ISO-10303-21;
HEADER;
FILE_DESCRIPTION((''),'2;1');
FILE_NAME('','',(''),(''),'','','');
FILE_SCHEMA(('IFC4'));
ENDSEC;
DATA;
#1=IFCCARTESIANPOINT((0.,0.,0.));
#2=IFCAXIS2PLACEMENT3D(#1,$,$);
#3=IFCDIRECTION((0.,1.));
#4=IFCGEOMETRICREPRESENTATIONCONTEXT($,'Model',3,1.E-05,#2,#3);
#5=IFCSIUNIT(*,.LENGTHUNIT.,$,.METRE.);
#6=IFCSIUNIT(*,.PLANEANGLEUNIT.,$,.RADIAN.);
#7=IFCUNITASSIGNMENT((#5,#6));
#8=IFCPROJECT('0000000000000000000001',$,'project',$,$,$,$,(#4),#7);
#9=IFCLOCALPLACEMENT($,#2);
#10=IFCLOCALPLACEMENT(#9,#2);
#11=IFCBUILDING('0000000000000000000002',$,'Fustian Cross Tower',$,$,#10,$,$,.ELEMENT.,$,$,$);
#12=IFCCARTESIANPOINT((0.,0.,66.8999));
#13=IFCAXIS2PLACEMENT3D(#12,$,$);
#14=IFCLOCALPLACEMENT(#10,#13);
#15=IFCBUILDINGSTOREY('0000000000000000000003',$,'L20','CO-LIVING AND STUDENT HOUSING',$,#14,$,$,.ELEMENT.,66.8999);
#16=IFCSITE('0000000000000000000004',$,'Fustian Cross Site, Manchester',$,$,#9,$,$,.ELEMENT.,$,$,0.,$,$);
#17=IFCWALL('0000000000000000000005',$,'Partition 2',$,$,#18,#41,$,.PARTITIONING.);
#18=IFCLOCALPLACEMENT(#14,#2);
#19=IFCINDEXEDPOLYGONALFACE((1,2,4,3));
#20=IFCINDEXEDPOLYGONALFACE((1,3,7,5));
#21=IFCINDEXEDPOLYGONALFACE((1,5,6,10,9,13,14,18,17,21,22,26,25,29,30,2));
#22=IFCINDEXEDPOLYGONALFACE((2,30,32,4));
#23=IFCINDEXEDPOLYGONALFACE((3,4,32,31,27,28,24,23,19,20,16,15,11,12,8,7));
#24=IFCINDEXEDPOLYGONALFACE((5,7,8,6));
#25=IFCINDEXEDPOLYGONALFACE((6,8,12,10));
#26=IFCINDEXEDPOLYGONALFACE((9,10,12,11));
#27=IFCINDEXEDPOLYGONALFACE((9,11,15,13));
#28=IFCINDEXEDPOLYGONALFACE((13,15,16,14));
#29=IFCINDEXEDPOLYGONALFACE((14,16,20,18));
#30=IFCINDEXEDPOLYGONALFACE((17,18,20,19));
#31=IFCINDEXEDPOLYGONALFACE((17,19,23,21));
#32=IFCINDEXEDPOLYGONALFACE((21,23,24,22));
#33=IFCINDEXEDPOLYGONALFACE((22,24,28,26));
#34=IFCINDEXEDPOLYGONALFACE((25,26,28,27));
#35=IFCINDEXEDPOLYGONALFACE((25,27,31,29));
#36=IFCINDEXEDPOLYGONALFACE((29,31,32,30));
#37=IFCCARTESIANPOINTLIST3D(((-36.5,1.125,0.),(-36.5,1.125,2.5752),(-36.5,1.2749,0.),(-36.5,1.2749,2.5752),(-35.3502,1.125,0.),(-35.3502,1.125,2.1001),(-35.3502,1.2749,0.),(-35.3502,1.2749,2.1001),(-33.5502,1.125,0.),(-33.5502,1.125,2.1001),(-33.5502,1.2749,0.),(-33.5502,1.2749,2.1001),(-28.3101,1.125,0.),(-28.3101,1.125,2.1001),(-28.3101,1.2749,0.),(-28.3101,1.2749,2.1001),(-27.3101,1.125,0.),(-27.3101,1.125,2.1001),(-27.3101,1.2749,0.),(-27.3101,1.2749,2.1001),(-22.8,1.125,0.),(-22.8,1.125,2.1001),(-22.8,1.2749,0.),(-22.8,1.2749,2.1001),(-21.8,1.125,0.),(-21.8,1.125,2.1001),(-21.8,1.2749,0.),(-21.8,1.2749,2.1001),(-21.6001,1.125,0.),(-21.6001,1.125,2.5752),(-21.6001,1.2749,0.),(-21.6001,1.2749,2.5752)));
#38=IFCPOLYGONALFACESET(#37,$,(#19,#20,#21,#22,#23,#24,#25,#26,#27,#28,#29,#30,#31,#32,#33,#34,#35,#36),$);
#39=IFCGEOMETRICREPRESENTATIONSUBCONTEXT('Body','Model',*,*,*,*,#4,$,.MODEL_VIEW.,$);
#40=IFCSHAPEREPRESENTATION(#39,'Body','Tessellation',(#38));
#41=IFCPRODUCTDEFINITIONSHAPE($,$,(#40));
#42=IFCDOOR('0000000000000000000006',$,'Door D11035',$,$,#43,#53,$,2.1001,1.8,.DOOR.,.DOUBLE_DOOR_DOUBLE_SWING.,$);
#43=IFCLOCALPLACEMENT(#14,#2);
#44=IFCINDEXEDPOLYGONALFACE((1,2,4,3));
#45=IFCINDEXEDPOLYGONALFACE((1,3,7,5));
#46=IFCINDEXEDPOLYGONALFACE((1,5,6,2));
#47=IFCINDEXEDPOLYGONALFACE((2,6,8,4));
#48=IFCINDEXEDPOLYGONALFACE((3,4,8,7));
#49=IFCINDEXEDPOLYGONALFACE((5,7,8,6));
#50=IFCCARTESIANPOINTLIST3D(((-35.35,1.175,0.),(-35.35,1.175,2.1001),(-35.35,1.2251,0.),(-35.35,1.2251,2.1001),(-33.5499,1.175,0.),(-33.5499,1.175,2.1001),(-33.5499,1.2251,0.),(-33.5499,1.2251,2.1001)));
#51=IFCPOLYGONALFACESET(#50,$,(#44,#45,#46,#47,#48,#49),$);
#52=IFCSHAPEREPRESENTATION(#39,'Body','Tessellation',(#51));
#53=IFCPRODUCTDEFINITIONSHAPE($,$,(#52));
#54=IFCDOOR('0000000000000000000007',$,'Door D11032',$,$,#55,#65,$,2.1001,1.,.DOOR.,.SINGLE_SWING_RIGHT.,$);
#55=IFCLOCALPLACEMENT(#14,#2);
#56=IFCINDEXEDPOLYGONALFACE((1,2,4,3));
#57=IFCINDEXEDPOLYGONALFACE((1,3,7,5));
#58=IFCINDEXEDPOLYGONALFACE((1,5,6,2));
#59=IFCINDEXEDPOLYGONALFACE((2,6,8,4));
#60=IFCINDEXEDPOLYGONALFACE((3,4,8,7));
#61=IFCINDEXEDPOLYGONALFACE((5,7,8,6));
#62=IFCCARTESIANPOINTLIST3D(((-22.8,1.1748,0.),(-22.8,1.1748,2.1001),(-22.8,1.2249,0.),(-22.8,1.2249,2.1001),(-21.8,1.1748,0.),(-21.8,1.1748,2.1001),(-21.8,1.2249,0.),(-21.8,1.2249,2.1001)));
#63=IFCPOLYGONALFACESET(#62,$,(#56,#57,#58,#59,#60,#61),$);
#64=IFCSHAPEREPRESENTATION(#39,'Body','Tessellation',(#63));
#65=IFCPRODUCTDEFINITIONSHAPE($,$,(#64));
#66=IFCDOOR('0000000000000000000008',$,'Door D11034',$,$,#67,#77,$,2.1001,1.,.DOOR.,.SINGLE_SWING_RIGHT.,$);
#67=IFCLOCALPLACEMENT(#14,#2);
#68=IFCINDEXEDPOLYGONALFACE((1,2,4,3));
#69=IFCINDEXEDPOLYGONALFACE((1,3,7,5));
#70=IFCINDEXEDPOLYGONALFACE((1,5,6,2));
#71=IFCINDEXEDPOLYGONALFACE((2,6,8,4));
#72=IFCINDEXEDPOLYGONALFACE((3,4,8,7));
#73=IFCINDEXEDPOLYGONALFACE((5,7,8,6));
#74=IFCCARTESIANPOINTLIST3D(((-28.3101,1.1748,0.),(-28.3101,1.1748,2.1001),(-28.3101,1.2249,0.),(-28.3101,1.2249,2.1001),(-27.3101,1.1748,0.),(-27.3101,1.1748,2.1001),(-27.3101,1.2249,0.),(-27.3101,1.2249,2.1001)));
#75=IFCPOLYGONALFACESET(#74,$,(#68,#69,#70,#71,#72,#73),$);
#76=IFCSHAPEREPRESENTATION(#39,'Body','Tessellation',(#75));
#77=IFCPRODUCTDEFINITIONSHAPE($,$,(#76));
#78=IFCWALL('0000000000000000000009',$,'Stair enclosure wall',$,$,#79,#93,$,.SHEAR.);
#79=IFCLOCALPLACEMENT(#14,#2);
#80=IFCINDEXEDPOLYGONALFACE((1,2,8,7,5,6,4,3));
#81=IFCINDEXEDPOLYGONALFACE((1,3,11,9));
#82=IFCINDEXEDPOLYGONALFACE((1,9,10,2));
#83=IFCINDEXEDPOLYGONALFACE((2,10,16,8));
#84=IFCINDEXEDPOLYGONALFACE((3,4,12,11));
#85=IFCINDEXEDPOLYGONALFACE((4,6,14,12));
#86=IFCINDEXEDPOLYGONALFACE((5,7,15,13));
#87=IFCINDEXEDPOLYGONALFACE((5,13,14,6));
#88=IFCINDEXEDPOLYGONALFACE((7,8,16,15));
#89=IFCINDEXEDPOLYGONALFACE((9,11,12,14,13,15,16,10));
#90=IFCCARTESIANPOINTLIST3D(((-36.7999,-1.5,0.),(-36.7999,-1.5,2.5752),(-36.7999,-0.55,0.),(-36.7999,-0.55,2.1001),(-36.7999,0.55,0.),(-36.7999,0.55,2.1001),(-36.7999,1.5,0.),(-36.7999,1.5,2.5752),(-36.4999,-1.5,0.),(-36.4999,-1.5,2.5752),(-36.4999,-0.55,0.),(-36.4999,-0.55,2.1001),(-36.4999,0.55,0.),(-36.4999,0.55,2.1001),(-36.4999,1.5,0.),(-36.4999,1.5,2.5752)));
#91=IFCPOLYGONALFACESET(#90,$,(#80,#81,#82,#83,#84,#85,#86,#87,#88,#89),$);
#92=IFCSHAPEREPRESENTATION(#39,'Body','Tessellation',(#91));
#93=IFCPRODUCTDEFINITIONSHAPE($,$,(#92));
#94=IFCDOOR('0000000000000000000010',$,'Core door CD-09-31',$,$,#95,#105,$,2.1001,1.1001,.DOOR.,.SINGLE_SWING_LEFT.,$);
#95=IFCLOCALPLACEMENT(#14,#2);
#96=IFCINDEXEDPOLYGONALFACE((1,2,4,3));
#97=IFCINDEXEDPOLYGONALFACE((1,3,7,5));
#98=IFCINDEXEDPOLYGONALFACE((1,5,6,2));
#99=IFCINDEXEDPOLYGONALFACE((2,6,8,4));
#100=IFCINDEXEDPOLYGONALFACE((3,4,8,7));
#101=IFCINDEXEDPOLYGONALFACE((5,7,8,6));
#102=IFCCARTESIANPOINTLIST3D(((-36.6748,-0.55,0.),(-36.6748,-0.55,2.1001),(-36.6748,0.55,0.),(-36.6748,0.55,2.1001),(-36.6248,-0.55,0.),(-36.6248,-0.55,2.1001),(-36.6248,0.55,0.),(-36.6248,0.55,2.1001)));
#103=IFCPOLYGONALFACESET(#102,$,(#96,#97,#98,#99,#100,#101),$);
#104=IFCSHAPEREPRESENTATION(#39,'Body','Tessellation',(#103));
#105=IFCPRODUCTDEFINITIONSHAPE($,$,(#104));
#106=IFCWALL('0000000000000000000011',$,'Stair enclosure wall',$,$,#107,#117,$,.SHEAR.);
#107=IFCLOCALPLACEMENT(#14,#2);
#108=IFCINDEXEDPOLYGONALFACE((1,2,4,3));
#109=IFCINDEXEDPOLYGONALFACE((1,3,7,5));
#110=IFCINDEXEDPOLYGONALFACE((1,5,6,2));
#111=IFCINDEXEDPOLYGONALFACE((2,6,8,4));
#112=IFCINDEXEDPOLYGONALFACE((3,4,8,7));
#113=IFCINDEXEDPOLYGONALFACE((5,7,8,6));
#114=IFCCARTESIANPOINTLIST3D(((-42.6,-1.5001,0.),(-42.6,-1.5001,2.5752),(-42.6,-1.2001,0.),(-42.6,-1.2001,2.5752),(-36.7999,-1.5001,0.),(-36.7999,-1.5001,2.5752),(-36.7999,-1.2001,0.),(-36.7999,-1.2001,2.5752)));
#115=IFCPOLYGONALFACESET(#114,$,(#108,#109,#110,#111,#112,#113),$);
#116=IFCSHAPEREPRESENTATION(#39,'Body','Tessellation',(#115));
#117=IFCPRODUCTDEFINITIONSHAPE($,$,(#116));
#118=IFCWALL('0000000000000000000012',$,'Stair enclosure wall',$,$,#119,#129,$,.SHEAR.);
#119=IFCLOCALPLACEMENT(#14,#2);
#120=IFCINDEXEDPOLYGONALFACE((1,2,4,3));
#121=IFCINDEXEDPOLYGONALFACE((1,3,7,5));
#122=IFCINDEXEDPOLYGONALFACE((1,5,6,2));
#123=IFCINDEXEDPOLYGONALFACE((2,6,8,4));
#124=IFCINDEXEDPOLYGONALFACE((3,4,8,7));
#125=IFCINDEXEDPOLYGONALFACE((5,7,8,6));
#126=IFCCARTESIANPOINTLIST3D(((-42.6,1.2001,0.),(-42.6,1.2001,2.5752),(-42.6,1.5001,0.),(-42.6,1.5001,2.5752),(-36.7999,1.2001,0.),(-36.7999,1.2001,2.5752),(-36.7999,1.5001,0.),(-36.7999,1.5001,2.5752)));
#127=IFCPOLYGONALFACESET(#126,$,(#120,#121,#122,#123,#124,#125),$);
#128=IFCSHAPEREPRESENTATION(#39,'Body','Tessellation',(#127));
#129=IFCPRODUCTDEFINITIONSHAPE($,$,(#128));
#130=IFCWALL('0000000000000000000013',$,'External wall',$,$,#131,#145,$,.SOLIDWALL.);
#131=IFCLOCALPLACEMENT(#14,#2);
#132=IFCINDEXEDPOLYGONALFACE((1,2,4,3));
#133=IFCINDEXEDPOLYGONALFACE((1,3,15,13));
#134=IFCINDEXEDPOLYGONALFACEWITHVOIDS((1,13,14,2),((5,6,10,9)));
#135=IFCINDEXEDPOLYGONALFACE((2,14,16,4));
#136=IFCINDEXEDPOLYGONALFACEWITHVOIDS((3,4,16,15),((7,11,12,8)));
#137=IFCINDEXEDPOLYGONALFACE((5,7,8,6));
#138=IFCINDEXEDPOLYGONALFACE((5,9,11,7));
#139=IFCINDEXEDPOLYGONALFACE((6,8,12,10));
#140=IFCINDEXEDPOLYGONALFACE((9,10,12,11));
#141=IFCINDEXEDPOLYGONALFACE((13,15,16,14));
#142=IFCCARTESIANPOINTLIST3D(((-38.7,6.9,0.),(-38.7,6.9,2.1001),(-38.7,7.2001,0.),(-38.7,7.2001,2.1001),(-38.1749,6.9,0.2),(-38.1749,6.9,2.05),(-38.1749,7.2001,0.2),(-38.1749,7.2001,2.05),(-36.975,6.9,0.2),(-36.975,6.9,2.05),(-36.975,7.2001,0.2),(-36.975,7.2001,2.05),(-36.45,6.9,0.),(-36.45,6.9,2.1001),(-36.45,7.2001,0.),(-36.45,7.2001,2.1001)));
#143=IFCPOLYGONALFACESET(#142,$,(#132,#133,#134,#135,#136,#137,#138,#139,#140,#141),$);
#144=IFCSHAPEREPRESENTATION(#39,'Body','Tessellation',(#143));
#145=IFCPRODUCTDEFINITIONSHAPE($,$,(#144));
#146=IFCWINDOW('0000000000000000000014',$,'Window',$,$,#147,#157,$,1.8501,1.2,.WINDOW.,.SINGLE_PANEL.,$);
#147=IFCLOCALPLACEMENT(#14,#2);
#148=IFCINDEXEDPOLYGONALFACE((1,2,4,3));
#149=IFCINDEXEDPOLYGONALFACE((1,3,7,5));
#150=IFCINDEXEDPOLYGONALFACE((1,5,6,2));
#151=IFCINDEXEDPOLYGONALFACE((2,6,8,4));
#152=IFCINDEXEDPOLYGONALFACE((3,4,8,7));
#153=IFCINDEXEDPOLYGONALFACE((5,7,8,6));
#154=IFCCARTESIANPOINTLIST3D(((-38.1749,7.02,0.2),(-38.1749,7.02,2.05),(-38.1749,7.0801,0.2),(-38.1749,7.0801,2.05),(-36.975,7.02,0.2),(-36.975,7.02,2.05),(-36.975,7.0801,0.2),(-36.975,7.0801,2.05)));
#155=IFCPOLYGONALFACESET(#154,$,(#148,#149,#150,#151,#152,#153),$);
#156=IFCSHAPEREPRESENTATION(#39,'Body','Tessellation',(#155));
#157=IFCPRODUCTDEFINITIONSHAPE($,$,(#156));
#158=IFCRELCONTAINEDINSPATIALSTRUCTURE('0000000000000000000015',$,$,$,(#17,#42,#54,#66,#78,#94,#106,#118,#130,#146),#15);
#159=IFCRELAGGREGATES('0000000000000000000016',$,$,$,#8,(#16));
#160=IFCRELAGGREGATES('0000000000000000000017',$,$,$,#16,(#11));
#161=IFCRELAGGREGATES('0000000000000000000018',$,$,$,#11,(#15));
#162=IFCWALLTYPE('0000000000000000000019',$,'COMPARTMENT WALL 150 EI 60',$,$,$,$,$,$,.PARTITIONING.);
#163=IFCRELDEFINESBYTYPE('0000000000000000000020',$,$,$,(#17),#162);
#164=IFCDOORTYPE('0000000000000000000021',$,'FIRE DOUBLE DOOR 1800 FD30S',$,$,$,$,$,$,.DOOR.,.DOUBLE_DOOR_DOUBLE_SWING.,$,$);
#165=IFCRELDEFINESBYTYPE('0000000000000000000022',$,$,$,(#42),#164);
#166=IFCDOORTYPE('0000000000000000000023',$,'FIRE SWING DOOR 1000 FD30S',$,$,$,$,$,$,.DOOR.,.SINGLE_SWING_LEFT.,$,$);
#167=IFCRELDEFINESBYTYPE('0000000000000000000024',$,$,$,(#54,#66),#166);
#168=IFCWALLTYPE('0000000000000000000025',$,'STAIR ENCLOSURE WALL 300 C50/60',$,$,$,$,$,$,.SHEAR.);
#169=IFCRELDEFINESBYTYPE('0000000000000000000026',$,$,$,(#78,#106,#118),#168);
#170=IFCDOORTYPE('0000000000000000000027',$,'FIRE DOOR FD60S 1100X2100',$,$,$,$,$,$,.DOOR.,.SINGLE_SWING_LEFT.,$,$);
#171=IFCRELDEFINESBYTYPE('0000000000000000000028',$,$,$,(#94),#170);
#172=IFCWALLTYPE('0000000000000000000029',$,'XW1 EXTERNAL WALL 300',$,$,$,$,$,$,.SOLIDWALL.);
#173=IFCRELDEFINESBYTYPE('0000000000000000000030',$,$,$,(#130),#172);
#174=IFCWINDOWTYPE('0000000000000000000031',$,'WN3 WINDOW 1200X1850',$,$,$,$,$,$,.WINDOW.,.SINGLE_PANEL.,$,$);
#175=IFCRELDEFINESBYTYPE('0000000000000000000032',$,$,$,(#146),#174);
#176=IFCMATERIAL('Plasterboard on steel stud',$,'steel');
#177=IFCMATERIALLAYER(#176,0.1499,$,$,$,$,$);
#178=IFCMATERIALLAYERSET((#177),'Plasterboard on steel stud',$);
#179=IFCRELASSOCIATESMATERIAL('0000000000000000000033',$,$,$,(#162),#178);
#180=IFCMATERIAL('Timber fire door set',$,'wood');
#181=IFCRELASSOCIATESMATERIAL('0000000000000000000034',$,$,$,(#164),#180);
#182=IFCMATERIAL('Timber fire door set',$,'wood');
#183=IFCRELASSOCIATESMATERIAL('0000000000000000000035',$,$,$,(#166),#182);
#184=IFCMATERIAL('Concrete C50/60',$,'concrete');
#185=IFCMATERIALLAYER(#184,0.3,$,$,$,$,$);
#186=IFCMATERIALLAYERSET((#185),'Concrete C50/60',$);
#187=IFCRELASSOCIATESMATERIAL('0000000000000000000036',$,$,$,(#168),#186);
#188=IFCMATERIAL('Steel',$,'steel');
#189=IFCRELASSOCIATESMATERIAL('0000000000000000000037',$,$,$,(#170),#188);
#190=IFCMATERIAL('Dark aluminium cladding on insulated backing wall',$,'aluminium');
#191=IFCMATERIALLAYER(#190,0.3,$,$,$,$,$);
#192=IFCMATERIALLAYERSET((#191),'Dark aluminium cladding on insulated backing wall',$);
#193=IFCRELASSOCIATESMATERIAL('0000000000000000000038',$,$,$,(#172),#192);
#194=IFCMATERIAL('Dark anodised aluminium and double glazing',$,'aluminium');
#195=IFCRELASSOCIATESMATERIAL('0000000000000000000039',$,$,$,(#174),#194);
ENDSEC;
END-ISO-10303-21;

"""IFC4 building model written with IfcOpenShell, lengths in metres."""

from ifc_helpers import new_model, si_unit, direction, frame, frame_2d, origin, place, context, subcontext, project, spatial, rectangle, extrude, material, layer, layer_set, type_object, element, fill, save


model = new_model("IFC4")

# Units and contexts
model_context = context("Model", 3, precision=1e-05, world=origin(), true_north=direction((0.0, 1.0)))
body_context = subcontext(model_context, "Body", "Model", "MODEL_VIEW")
ifc_project = project(units=[si_unit("LENGTHUNIT", "METRE"), si_unit("PLANEANGLEUNIT", "RADIAN")], contexts=[model_context])

# Site, building, storey
site_placement = place(None, origin())
site = spatial("IfcSite", under=ifc_project, at=site_placement, Name="Fustian Cross Site, Manchester", CompositionType="ELEMENT", RefElevation=0.0)
building_placement = place(site_placement, origin())
building = spatial("IfcBuilding", under=site, at=building_placement, Name="Fustian Cross Tower", CompositionType="ELEMENT")
storey_placement = place(building_placement, frame((0.0, 0.0, 66.8999)))
storey = spatial("IfcBuildingStorey", under=building, at=storey_placement, Name="L20", Description="CO-LIVING AND STUDENT HOUSING", CompositionType="ELEMENT", Elevation=66.8999)

# Wall, openings, doors
ifc_material_1 = material(Name="Plasterboard on steel stud", Category="steel")
ifc_layer_1 = layer(ifc_material_1, 0.1499)
ifc_layer_set_1 = layer_set([ifc_layer_1], Name="Plasterboard on steel stud")
wall_type_1 = type_object("IfcWallType", Name="COMPARTMENT WALL 150 EI 60", PredefinedType="PARTITIONING", material=ifc_layer_set_1)
ifc_material_2 = material(Name="Timber fire door set", Category="wood")
door_type_1 = type_object("IfcDoorType", Name="FIRE DOUBLE DOOR 1800 FD30S", OperationType="DOUBLE_DOOR_DOUBLE_SWING", PredefinedType="DOOR", material=ifc_material_2)
ifc_material_3 = material(Name="Timber fire door set", Category="wood")
door_type_2 = type_object("IfcDoorType", Name="FIRE SWING DOOR 1000 FD30S", OperationType="SINGLE_SWING_LEFT", PredefinedType="DOOR", material=ifc_material_3)
wall_1_placement = place(storey_placement, frame((-36.5, 1.2, 0.0), z_axis=(0.0, 0.0, 1.0), x_axis=(1.0, 0.0, 0.0)))
wall_1 = element("IfcWall", 1, at=wall_1_placement, inside=storey, type_object=wall_type_1, Name="Partition 2", PredefinedType="PARTITIONING", context=body_context, shape_type="SweptSolid", body=[
    extrude(rectangle(XDim=14.8999, YDim=0.1499, at=frame_2d((7.45, 0.0))), origin(), (0.0, 0.0, 1.0), 2.5752),
])
opening_1_placement = place(wall_1_placement, frame((13.7, 0.0, 0.0)))
opening_1 = element("IfcOpeningElement", 2, at=opening_1_placement, cuts=wall_1, PredefinedType="OPENING", context=body_context, shape_type="SweptSolid", body=[
    extrude(rectangle(XDim=1.0, YDim=2.1001, at=frame_2d((0.5, 1.05))), frame((0.0, 0.085, 0.0), z_axis=(0.0, -1.0, 0.0), x_axis=(1.0, 0.0, 0.0)), (0.0, 0.0, 1.0), 0.1699),
])
opening_2_placement = place(wall_1_placement, frame((8.1899, 0.0, 0.0)))
opening_2 = element("IfcOpeningElement", 3, at=opening_2_placement, cuts=wall_1, PredefinedType="OPENING", context=body_context, shape_type="SweptSolid", body=[
    extrude(rectangle(XDim=1.0, YDim=2.1001, at=frame_2d((0.5, 1.05))), frame((0.0, 0.085, 0.0), z_axis=(0.0, -1.0, 0.0), x_axis=(1.0, 0.0, 0.0)), (0.0, 0.0, 1.0), 0.1699),
])
opening_3_placement = place(wall_1_placement, frame((1.1499, 0.0, 0.0)))
opening_3 = element("IfcOpeningElement", 4, at=opening_3_placement, cuts=wall_1, PredefinedType="OPENING", context=body_context, shape_type="SweptSolid", body=[
    extrude(rectangle(XDim=1.8, YDim=2.1001, at=frame_2d((0.8999, 1.05))), frame((0.0, 0.085, 0.0), z_axis=(0.0, -1.0, 0.0), x_axis=(1.0, 0.0, 0.0)), (0.0, 0.0, 1.0), 0.1699),
])
door_1_placement = place(opening_3_placement, frame((1.8, 0.0, 0.0), z_axis=(0.0, 0.0, 1.0), x_axis=(-1.0, 0.0, 0.0)))
door_1 = element("IfcDoor", 5, at=door_1_placement, inside=storey, type_object=door_type_1, Name="Door D11035", OperationType="DOUBLE_DOOR_DOUBLE_SWING", OverallHeight=2.1001, OverallWidth=1.8, PredefinedType="DOOR", context=body_context, shape_type="SweptSolid", body=[
    extrude(rectangle(XDim=1.8, YDim=2.1001, at=frame_2d((0.8999, 1.05))), frame((0.0, 0.0249, 0.0), z_axis=(0.0, -1.0, 0.0), x_axis=(1.0, 0.0, 0.0)), (0.0, 0.0, 1.0), 0.05),
])
fill(opening_3, door_1)
door_2_placement = place(opening_1_placement, origin())
door_2 = element("IfcDoor", 6, at=door_2_placement, inside=storey, type_object=door_type_2, Name="Door D11032", OperationType="SINGLE_SWING_RIGHT", OverallHeight=2.1001, OverallWidth=1.0, PredefinedType="DOOR", context=body_context, shape_type="SweptSolid", body=[
    extrude(rectangle(XDim=1.0, YDim=2.1001, at=frame_2d((0.5, 1.05))), frame((0.0, 0.0249, 0.0), z_axis=(0.0, -1.0, 0.0), x_axis=(1.0, 0.0, 0.0)), (0.0, 0.0, 1.0), 0.05),
])
fill(opening_1, door_2)
door_3_placement = place(opening_2_placement, origin())
door_3 = element("IfcDoor", 7, at=door_3_placement, inside=storey, type_object=door_type_2, Name="Door D11034", OperationType="SINGLE_SWING_RIGHT", OverallHeight=2.1001, OverallWidth=1.0, PredefinedType="DOOR", context=body_context, shape_type="SweptSolid", body=[
    extrude(rectangle(XDim=1.0, YDim=2.1001, at=frame_2d((0.5, 1.05))), frame((0.0, 0.0249, 0.0), z_axis=(0.0, -1.0, 0.0), x_axis=(1.0, 0.0, 0.0)), (0.0, 0.0, 1.0), 0.05),
])
fill(opening_2, door_3)

# Wall, opening, door
ifc_material_4 = material(Name="Concrete C50/60", Category="concrete")
ifc_layer_2 = layer(ifc_material_4, 0.3)
ifc_layer_set_2 = layer_set([ifc_layer_2], Name="Concrete C50/60")
wall_type_2 = type_object("IfcWallType", Name="STAIR ENCLOSURE WALL 300 C50/60", PredefinedType="SHEAR", material=ifc_layer_set_2)
wall_2_placement = place(storey_placement, frame((-36.6499, -1.5, 0.0), z_axis=(0.0, 0.0, 1.0), x_axis=(0.0, 1.0, 0.0)))
wall_2 = element("IfcWall", 8, at=wall_2_placement, inside=storey, type_object=wall_type_2, Name="Stair enclosure wall", PredefinedType="SHEAR", context=body_context, shape_type="SweptSolid", body=[
    extrude(rectangle(XDim=3.0, YDim=0.3, at=frame_2d((1.5, 0.0))), origin(), (0.0, 0.0, 1.0), 2.5752),
])
opening_4_placement = place(wall_2_placement, frame((0.95, 0.0, 0.0)))
opening_4 = element("IfcOpeningElement", 9, at=opening_4_placement, cuts=wall_2, PredefinedType="OPENING", context=body_context, shape_type="SweptSolid", body=[
    extrude(rectangle(XDim=1.1001, YDim=2.1001, at=frame_2d((0.55, 1.05))), frame((0.0, 0.1599, 0.0), z_axis=(0.0, -1.0, 0.0), x_axis=(1.0, 0.0, 0.0)), (0.0, 0.0, 1.0), 0.3201),
])
ifc_material_5 = material(Name="Steel", Category="steel")
door_type_3 = type_object("IfcDoorType", Name="FIRE DOOR FD60S 1100X2100", OperationType="SINGLE_SWING_LEFT", PredefinedType="DOOR", material=ifc_material_5)
door_4_placement = place(opening_4_placement, origin())
door_4 = element("IfcDoor", 10, at=door_4_placement, inside=storey, type_object=door_type_3, Name="Core door CD-09-31", OperationType="SINGLE_SWING_LEFT", OverallHeight=2.1001, OverallWidth=1.1001, PredefinedType="DOOR", context=body_context, shape_type="SweptSolid", body=[
    extrude(rectangle(XDim=1.1001, YDim=2.1001, at=frame_2d((0.55, 1.05))), frame((0.0, 0.0249, 0.0), z_axis=(0.0, -1.0, 0.0), x_axis=(1.0, 0.0, 0.0)), (0.0, 0.0, 1.0), 0.05),
])
fill(opening_4, door_4)

# Walls
for number, where, z_axis, x_axis, name in (
    (11, (-36.8, -1.3501, 0.0), (0.0, 0.0, 1.0), (-1.0, 0.0, 0.0), "Stair enclosure wall"),
    (12, (-36.8, 1.3501, 0.0), (0.0, 0.0, 1.0), (-1.0, 0.0, 0.0), "Stair enclosure wall"),
):
    element("IfcWall", number, at=place(storey_placement, frame(where, z_axis=z_axis, x_axis=x_axis)), inside=storey, type_object=wall_type_2, Name=name, PredefinedType="SHEAR", context=body_context, shape_type="SweptSolid", body=[
        extrude(rectangle(XDim=5.8, YDim=0.3, at=frame_2d((2.8999, 0.0))), origin(), (0.0, 0.0, 1.0), 2.5752),
    ])

# Wall, opening, window
ifc_material_6 = material(Name="Dark aluminium cladding on insulated backing wall", Category="aluminium")
ifc_layer_3 = layer(ifc_material_6, 0.3)
ifc_layer_set_3 = layer_set([ifc_layer_3], Name="Dark aluminium cladding on insulated backing wall")
wall_type_3 = type_object("IfcWallType", Name="XW1 EXTERNAL WALL 300", PredefinedType="SOLIDWALL", material=ifc_layer_set_3)
wall_3_placement = place(storey_placement, frame((-36.45, 7.05, 0.0), z_axis=(0.0, 0.0, 1.0), x_axis=(-1.0, 0.0, 0.0)))
wall_3 = element("IfcWall", 13, at=wall_3_placement, inside=storey, type_object=wall_type_3, Name="External wall", PredefinedType="SOLIDWALL", context=body_context, shape_type="SweptSolid", body=[
    extrude(rectangle(XDim=2.25, YDim=0.3, at=frame_2d((1.125, 0.0))), origin(), (0.0, 0.0, 1.0), 2.1001),
])
opening_5_placement = place(wall_3_placement, frame((0.5249, 0.0, 0.2)))
opening_5 = element("IfcOpeningElement", 14, at=opening_5_placement, cuts=wall_3, PredefinedType="OPENING", context=body_context, shape_type="SweptSolid", body=[
    extrude(rectangle(XDim=1.2, YDim=1.8501, at=frame_2d((0.6001, 0.925))), frame((0.0, 0.1599, 0.0), z_axis=(0.0, -1.0, 0.0), x_axis=(1.0, 0.0, 0.0)), (0.0, 0.0, 1.0), 0.3201),
])
ifc_material_7 = material(Name="Dark anodised aluminium and double glazing", Category="aluminium")
window_type = type_object("IfcWindowType", Name="WN3 WINDOW 1200X1850", PartitioningType="SINGLE_PANEL", PredefinedType="WINDOW", material=ifc_material_7)
window_placement = place(opening_5_placement, origin())
window = element("IfcWindow", 15, at=window_placement, inside=storey, type_object=window_type, Name="Window", OverallHeight=1.8501, OverallWidth=1.2, PartitioningType="SINGLE_PANEL", PredefinedType="WINDOW", context=body_context, shape_type="SweptSolid", body=[
    extrude(rectangle(XDim=1.2, YDim=1.8501, at=frame_2d((0.6001, 0.925))), frame((0.0, 0.03, 0.0), z_axis=(0.0, -1.0, 0.0), x_axis=(1.0, 0.0, 0.0)), (0.0, 0.0, 1.0), 0.0601),
])
fill(opening_5, window)

save(model, "model.ifc")
